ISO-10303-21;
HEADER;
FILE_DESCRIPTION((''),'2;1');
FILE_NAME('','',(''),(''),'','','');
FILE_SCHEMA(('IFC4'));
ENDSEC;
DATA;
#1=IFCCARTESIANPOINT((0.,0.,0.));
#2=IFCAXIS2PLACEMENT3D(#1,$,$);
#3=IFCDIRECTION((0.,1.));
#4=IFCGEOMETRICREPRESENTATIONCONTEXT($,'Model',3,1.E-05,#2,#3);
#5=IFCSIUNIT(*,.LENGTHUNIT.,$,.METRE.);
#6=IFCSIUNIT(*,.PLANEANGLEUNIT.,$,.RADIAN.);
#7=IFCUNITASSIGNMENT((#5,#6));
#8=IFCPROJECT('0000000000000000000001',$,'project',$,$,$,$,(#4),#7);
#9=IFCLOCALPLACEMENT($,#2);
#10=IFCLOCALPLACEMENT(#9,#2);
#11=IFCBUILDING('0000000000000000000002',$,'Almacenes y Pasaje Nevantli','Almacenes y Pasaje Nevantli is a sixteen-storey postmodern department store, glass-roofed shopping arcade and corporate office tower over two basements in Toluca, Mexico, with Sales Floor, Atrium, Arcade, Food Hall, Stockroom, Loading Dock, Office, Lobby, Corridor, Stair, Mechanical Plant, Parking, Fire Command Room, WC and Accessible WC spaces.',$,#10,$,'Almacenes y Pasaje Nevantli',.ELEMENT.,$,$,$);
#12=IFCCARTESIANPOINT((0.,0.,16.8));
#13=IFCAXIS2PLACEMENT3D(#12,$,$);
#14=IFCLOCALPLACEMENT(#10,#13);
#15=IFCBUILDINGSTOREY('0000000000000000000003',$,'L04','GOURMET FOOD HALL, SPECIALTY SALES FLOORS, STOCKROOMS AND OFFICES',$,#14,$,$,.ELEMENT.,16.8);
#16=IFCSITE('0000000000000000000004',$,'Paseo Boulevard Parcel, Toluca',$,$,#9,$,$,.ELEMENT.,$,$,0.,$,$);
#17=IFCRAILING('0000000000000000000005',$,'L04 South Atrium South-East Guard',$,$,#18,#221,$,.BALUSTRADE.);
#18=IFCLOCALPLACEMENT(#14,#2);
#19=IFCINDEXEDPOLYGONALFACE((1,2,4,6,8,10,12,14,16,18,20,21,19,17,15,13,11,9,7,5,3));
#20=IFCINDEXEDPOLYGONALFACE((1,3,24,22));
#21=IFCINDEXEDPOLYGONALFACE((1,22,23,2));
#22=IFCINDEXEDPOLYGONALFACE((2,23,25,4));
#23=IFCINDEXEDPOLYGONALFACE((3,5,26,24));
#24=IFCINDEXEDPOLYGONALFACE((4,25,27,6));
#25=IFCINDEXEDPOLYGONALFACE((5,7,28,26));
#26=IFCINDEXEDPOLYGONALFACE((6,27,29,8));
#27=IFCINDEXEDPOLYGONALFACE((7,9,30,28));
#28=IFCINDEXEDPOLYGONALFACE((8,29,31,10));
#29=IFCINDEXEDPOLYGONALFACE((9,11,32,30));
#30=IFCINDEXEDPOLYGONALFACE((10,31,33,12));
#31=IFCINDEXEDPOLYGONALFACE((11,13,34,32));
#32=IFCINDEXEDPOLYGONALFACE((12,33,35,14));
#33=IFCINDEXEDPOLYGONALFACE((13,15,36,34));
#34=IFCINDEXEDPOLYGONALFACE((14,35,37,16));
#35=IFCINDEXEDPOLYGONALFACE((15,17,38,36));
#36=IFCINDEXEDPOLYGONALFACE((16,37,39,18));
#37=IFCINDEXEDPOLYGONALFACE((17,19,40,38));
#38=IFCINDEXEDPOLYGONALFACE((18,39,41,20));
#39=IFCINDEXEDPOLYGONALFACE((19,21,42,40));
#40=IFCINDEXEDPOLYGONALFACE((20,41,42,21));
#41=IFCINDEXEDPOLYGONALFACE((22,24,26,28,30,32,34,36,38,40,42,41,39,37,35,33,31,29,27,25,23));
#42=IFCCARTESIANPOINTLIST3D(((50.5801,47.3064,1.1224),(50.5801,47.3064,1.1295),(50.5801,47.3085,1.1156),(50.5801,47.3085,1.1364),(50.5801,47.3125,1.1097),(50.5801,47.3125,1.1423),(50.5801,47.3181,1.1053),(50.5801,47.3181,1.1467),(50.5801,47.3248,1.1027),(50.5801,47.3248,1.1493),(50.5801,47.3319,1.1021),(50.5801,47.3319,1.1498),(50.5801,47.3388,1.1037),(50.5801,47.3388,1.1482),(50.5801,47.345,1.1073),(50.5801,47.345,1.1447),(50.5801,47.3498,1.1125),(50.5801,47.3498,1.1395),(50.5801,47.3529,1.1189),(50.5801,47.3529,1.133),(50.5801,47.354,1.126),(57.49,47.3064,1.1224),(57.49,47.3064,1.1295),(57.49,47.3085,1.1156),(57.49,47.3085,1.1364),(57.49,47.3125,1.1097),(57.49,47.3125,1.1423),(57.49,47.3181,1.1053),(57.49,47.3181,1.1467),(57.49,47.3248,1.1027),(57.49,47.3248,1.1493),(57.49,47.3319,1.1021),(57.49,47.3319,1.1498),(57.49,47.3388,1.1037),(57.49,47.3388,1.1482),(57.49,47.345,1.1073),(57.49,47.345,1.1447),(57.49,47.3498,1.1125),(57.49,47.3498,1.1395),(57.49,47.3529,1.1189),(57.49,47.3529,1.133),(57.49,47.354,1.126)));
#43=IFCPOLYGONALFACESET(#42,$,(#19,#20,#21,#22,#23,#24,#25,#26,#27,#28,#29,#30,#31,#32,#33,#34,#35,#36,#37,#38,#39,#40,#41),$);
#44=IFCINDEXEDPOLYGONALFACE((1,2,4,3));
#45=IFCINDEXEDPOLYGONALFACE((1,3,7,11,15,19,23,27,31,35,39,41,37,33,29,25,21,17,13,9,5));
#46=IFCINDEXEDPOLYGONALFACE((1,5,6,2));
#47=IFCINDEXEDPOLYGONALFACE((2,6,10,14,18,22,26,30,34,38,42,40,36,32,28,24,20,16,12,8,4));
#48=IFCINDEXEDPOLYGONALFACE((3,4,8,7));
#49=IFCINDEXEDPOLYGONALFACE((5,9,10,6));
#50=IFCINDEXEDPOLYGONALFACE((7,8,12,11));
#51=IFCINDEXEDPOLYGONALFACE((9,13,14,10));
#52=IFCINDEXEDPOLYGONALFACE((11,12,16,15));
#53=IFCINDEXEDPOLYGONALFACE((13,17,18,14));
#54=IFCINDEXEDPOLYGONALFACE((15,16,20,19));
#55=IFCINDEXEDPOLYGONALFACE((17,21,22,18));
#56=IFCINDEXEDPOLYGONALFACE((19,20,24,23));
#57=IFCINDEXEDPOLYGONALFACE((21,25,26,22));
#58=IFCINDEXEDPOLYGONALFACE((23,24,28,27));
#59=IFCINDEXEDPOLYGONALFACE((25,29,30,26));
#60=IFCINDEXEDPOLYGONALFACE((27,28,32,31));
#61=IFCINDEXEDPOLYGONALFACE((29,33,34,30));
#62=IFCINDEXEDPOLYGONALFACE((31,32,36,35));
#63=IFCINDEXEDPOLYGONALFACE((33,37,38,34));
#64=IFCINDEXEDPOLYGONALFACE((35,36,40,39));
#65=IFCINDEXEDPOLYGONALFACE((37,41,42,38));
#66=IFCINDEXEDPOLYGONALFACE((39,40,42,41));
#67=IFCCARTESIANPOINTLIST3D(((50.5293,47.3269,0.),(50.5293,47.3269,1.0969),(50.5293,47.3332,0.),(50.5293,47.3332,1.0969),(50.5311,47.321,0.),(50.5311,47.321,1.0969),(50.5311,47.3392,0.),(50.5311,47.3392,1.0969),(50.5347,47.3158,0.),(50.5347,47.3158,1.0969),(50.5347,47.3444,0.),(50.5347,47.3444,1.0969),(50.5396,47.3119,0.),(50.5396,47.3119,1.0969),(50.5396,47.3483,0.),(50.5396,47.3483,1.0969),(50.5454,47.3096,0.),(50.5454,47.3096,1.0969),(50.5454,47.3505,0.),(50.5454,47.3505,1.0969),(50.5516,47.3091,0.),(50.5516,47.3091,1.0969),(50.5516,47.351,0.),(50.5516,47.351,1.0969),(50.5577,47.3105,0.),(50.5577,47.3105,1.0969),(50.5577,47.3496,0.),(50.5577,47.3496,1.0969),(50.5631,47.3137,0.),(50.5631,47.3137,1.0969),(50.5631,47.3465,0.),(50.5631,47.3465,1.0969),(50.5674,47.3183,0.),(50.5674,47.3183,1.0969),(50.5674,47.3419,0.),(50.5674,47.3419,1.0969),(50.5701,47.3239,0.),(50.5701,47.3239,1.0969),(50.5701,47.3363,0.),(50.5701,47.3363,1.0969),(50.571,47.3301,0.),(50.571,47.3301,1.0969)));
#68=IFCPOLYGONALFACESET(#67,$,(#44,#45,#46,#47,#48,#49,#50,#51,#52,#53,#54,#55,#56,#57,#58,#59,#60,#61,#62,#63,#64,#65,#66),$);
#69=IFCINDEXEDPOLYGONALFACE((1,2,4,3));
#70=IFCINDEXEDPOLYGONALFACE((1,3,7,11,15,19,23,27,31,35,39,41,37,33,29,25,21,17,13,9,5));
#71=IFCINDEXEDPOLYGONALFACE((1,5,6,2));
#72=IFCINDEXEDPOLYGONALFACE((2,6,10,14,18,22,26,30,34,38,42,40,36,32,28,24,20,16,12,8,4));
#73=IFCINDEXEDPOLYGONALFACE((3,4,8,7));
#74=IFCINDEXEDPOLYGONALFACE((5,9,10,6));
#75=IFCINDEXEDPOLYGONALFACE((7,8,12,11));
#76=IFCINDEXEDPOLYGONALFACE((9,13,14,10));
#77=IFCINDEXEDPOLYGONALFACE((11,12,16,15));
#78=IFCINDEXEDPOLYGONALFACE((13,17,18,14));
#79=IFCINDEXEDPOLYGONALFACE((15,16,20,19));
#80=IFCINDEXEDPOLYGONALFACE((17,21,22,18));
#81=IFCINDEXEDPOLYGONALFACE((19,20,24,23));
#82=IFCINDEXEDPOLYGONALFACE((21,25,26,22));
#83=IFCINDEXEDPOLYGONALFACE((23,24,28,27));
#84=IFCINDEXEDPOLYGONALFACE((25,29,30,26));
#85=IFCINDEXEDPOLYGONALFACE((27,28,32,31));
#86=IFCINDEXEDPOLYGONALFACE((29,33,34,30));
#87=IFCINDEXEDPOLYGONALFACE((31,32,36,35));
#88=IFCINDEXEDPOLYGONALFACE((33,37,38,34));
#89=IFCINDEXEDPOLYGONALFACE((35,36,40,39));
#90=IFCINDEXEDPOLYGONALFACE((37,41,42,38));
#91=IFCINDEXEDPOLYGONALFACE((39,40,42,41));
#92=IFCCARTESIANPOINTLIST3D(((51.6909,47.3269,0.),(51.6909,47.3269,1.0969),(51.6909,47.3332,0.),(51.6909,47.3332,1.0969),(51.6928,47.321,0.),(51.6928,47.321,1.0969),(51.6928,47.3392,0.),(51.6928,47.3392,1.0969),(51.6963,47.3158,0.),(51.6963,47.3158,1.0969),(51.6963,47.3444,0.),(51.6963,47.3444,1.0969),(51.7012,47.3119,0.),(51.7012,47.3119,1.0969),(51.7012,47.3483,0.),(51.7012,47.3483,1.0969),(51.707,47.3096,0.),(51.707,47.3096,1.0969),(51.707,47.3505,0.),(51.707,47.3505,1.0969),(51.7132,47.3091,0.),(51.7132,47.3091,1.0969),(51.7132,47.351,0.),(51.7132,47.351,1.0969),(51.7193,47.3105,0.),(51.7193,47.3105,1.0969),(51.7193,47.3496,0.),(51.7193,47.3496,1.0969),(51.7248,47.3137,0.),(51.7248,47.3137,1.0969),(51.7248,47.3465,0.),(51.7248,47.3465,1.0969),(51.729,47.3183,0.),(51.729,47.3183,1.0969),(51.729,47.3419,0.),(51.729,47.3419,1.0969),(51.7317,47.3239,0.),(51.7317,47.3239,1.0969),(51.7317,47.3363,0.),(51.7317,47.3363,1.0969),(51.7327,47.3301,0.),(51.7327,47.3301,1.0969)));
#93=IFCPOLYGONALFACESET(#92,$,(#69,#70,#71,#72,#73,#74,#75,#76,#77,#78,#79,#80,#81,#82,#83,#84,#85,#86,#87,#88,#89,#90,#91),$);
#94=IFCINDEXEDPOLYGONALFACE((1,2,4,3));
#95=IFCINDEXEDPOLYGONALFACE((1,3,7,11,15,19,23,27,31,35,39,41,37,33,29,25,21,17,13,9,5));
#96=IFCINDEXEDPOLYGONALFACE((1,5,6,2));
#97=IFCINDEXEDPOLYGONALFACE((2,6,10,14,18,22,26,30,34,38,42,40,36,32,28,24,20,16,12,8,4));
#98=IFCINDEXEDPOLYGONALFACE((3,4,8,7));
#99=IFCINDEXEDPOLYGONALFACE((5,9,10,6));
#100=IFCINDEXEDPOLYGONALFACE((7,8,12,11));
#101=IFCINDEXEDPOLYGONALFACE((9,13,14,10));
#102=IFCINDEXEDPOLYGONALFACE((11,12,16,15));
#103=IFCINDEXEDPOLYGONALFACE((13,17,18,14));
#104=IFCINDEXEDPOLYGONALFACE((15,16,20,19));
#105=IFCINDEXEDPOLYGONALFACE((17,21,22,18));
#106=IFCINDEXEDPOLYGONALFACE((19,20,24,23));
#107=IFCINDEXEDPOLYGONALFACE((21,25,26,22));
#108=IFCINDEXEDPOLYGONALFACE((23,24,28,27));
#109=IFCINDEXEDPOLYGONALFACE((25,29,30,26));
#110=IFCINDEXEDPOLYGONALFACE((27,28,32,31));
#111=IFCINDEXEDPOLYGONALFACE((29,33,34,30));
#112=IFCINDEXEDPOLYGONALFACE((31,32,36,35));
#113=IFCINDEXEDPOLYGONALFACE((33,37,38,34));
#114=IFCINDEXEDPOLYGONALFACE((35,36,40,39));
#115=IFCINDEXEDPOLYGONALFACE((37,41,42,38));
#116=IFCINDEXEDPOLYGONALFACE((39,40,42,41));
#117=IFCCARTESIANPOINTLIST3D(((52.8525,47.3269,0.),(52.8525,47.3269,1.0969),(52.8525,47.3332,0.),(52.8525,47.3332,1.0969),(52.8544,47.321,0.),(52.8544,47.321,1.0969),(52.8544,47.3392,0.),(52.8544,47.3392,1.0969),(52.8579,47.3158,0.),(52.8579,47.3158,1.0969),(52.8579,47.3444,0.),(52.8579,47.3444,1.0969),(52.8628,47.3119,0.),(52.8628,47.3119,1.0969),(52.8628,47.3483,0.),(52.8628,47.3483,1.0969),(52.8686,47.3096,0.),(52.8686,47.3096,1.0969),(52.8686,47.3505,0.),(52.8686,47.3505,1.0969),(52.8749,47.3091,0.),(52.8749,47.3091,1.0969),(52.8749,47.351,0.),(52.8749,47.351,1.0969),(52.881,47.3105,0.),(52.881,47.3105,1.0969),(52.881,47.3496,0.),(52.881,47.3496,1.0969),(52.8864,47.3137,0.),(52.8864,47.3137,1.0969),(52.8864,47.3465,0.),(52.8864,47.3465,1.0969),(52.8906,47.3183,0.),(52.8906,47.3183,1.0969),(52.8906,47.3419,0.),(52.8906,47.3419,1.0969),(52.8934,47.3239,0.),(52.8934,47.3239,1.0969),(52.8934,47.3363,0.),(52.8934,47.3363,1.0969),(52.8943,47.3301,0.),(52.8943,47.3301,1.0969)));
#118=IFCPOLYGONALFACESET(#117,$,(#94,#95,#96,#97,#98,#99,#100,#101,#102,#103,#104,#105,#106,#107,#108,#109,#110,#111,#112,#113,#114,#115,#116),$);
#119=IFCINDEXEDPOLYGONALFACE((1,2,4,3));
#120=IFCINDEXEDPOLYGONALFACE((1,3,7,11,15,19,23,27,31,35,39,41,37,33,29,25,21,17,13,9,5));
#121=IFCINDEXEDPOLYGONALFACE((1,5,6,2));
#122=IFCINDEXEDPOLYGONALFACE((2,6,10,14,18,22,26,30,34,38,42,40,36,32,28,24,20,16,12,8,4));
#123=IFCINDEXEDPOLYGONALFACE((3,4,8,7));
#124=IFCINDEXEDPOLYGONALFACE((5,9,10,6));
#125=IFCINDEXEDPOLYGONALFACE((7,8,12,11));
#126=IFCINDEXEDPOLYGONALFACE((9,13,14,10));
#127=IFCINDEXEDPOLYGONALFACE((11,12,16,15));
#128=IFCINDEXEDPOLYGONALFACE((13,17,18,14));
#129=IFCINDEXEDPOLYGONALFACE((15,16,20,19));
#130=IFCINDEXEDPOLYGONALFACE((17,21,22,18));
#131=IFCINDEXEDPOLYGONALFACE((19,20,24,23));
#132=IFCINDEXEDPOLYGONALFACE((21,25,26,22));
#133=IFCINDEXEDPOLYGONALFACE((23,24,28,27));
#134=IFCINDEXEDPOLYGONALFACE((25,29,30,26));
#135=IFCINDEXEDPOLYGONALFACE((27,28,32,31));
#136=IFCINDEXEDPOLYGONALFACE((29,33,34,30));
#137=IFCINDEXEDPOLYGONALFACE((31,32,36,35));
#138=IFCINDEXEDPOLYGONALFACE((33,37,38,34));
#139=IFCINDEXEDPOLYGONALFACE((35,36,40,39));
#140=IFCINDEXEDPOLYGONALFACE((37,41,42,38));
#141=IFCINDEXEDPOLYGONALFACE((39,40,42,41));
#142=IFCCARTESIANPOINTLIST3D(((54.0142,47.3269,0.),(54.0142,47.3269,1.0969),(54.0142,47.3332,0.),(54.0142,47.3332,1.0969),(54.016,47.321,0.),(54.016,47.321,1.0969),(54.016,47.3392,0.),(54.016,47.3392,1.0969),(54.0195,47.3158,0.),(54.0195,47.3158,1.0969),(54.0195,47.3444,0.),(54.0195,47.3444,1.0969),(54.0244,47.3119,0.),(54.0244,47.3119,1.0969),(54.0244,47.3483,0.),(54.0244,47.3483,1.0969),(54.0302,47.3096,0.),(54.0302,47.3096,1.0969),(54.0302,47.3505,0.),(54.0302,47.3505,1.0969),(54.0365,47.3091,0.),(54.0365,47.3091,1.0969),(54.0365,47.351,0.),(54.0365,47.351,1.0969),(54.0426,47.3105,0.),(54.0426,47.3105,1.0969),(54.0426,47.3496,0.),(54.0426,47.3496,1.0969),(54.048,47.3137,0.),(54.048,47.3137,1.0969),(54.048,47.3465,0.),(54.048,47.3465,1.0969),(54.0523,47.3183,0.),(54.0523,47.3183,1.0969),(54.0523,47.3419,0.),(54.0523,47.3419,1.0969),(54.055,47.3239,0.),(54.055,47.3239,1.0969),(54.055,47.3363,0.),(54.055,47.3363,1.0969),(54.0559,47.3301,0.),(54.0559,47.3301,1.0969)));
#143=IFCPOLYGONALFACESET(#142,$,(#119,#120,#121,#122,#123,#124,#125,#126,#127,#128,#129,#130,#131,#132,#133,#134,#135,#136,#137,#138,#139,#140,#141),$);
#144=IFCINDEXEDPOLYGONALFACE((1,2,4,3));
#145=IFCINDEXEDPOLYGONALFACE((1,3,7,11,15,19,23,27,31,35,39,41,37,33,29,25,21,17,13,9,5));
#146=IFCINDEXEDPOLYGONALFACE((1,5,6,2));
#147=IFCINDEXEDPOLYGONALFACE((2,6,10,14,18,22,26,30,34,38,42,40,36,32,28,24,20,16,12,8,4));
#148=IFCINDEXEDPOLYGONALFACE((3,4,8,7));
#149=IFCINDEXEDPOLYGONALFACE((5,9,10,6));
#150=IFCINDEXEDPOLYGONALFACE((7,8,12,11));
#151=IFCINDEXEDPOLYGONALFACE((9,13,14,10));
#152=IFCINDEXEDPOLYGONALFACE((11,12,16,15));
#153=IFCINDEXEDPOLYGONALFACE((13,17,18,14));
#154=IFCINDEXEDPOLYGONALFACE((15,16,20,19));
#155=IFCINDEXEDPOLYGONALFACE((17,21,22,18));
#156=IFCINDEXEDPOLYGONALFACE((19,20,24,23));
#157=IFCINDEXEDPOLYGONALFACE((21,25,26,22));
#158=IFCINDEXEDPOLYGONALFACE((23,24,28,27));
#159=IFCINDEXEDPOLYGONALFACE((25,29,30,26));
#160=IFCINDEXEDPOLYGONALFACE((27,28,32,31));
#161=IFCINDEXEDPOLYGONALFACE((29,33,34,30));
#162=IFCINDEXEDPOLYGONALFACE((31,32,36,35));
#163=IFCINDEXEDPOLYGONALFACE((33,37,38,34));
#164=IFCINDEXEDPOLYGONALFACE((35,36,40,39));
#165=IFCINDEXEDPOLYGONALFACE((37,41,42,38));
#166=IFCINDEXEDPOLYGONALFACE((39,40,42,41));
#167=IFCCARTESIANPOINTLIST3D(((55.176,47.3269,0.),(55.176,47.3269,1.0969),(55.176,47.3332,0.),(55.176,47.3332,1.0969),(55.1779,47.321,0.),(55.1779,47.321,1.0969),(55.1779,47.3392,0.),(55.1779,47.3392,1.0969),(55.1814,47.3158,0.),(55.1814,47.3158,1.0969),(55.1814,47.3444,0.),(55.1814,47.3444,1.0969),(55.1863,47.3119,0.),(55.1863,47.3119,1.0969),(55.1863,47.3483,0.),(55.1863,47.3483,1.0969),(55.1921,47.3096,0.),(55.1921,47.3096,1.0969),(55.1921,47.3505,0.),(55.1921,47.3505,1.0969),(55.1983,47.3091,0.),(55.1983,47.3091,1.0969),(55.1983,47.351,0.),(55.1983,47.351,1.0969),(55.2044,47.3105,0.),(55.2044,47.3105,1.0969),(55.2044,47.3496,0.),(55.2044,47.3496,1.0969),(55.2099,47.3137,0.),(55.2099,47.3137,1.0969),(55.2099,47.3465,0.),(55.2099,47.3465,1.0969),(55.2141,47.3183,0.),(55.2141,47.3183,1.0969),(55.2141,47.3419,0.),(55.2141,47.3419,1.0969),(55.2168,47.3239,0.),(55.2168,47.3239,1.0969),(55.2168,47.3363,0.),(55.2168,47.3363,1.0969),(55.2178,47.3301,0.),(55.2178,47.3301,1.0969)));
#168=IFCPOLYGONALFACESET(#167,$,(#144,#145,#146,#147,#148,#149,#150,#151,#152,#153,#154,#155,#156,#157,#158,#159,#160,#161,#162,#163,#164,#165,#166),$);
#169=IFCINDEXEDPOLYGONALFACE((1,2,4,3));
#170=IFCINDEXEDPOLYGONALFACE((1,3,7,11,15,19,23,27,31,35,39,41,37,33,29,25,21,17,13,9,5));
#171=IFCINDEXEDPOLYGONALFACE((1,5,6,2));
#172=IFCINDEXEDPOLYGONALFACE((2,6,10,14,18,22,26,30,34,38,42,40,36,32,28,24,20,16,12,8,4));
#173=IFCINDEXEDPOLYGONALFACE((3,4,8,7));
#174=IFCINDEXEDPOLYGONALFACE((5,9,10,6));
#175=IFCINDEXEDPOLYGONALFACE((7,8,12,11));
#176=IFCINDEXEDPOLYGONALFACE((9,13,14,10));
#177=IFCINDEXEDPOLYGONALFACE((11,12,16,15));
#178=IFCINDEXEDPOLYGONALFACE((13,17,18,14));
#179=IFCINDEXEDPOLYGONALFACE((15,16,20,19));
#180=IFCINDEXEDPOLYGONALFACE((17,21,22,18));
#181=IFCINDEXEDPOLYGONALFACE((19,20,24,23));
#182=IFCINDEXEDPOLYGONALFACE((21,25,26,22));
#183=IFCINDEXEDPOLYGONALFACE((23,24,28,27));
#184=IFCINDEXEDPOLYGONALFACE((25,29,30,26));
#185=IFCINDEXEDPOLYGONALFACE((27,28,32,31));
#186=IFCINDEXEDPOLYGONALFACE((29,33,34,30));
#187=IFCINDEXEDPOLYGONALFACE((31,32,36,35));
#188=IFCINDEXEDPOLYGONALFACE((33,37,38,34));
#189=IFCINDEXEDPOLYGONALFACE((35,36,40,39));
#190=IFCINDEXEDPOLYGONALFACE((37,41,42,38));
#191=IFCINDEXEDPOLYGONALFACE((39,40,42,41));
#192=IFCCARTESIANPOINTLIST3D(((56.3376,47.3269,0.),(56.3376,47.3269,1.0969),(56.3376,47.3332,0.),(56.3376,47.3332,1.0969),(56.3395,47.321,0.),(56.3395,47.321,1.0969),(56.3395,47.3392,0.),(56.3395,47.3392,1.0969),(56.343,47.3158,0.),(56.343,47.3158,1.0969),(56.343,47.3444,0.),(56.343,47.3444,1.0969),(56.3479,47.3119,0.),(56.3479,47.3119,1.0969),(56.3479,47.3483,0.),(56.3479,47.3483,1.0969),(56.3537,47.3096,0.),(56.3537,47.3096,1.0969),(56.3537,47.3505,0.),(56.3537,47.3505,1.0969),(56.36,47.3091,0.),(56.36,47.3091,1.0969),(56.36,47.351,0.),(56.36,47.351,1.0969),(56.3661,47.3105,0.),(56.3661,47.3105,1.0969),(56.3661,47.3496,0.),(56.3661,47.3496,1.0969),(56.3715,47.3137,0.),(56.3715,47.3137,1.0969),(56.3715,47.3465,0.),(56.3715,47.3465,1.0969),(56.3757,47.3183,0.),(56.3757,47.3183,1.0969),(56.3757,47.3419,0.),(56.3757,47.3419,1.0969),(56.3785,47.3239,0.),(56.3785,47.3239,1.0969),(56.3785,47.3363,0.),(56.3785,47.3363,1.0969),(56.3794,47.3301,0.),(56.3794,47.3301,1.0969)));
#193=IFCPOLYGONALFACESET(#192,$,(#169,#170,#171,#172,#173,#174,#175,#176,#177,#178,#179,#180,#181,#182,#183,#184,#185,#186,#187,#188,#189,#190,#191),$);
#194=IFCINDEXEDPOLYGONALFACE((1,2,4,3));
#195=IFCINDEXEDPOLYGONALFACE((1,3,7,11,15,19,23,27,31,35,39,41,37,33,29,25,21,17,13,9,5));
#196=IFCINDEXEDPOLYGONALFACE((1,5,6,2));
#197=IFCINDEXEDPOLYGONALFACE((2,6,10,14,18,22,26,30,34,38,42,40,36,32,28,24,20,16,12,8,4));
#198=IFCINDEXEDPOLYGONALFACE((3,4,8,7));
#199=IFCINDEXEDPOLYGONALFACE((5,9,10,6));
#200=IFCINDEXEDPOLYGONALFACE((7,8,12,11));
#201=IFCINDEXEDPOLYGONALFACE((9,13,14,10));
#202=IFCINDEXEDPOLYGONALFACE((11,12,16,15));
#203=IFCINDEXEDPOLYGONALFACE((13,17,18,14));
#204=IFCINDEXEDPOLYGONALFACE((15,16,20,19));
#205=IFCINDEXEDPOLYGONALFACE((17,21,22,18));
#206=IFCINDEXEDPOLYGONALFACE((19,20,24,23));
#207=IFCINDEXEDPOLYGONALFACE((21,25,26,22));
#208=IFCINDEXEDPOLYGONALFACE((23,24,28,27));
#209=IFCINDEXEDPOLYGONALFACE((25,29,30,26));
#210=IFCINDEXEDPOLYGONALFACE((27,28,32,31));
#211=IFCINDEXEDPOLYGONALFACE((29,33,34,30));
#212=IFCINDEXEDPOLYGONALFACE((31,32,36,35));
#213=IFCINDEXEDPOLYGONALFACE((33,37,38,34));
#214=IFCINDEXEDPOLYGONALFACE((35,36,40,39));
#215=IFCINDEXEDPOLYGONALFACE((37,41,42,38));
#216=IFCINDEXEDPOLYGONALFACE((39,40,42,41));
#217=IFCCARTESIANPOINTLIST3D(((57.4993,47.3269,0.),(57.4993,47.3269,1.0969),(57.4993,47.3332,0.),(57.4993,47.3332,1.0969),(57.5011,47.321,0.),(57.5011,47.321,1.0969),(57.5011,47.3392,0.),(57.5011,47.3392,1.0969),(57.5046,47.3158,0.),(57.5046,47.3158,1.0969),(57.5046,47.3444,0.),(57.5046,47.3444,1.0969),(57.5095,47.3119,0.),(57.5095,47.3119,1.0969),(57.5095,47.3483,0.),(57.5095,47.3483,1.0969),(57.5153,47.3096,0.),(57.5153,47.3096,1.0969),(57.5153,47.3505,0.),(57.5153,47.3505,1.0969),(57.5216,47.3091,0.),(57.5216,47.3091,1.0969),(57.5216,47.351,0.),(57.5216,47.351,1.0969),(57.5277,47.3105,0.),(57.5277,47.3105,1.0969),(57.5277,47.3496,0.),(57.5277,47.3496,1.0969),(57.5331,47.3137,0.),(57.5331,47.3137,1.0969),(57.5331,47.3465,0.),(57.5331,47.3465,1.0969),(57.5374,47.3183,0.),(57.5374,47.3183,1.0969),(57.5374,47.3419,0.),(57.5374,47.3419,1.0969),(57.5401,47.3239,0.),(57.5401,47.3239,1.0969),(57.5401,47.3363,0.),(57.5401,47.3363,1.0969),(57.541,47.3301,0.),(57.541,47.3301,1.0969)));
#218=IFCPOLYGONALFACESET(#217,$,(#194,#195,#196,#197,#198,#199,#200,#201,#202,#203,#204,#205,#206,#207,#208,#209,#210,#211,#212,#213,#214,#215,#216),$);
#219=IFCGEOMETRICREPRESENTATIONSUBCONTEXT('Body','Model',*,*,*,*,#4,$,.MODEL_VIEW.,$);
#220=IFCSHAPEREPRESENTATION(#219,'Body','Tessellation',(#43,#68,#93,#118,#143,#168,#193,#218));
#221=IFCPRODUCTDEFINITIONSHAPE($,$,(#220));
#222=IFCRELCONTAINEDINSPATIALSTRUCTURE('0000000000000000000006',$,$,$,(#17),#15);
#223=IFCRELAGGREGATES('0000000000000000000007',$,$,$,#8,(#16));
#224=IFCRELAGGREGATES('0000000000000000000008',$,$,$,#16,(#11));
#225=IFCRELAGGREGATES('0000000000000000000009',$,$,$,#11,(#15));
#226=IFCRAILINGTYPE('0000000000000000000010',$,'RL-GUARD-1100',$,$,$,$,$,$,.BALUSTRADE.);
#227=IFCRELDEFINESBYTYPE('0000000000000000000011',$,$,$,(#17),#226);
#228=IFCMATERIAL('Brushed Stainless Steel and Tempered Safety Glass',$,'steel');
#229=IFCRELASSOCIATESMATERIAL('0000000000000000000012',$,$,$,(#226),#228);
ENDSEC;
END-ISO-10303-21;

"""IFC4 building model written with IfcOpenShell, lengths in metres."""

from ifc_helpers import new_model, si_unit, direction, frame, origin, origin_2d, place, context, subcontext, project, spatial, circle, extrude, material, type_object, element, save


model = new_model("IFC4")

# Units and contexts
model_context = context("Model", 3, precision=1e-05, world=origin(), true_north=direction((0.0, 1.0)))
body_context = subcontext(model_context, "Body", "Model", "MODEL_VIEW")
ifc_project = project(units=[si_unit("LENGTHUNIT", "METRE"), si_unit("PLANEANGLEUNIT", "RADIAN")], contexts=[model_context])

# Site, building, storey
site_placement = place(None, origin())
site = spatial("IfcSite", under=ifc_project, at=site_placement, Name="Paseo Boulevard Parcel, Toluca", CompositionType="ELEMENT", RefElevation=0.0)
building_placement = place(site_placement, origin())
building = spatial("IfcBuilding", under=site, at=building_placement, Name="Almacenes y Pasaje Nevantli", Description="Almacenes y Pasaje Nevantli is a sixteen-storey postmodern department store, glass-roofed shopping arcade and corporate office tower over two basements in Toluca, Mexico, with Sales Floor, Atrium, Arcade, Food Hall, Stockroom, Loading Dock, Office, Lobby, Corridor, Stair, Mechanical Plant, Parking, Fire Command Room, WC and Accessible WC spaces.", LongName="Almacenes y Pasaje Nevantli", CompositionType="ELEMENT")
storey_placement = place(building_placement, frame((0.0, 0.0, 16.8)))
storey = spatial("IfcBuildingStorey", under=building, at=storey_placement, Name="L04", Description="GOURMET FOOD HALL, SPECIALTY SALES FLOORS, STOCKROOMS AND OFFICES", CompositionType="ELEMENT", Elevation=16.8)

# Railing
ifc_material_1 = material(Name="Brushed Stainless Steel and Tempered Safety Glass", Category="steel")
railing_type = type_object("IfcRailingType", Name="RL-GUARD-1100", PredefinedType="BALUSTRADE", material=ifc_material_1)
railing_1_placement = place(storey_placement, frame((50.55, 47.3301, 0.0)))
element("IfcRailing", 1, at=railing_1_placement, inside=storey, type_object=railing_type, Name="L04 South Atrium South-East Guard", PredefinedType="BALUSTRADE", context=body_context, shape_type="SweptSolid", body=[
    extrude(circle(Radius=0.0239, at=origin_2d()), frame((0.03, 0.0, 1.126), z_axis=(1.0, 0.0, 0.0), x_axis=(0.0, 1.0, 0.0)), (0.0, 0.0, 1.0), 6.9099),
    extrude(circle(Radius=0.021, at=origin_2d()), origin(), (0.0, 0.0, 1.0), 1.0969),
    extrude(circle(Radius=0.021, at=origin_2d()), frame((1.1616, 0.0, 0.0)), (0.0, 0.0, 1.0), 1.0969),
    extrude(circle(Radius=0.021, at=origin_2d()), frame((2.3232, 0.0, 0.0)), (0.0, 0.0, 1.0), 1.0969),
    extrude(circle(Radius=0.021, at=origin_2d()), frame((3.4849, 0.0, 0.0)), (0.0, 0.0, 1.0), 1.0969),
    extrude(circle(Radius=0.021, at=origin_2d()), frame((4.6467, 0.0, 0.0)), (0.0, 0.0, 1.0), 1.0969),
    extrude(circle(Radius=0.021, at=origin_2d()), frame((5.8083, 0.0, 0.0)), (0.0, 0.0, 1.0), 1.0969),
    extrude(circle(Radius=0.021, at=origin_2d()), frame((6.97, 0.0, 0.0)), (0.0, 0.0, 1.0), 1.0969),
])

save(model, "model.ifc")
